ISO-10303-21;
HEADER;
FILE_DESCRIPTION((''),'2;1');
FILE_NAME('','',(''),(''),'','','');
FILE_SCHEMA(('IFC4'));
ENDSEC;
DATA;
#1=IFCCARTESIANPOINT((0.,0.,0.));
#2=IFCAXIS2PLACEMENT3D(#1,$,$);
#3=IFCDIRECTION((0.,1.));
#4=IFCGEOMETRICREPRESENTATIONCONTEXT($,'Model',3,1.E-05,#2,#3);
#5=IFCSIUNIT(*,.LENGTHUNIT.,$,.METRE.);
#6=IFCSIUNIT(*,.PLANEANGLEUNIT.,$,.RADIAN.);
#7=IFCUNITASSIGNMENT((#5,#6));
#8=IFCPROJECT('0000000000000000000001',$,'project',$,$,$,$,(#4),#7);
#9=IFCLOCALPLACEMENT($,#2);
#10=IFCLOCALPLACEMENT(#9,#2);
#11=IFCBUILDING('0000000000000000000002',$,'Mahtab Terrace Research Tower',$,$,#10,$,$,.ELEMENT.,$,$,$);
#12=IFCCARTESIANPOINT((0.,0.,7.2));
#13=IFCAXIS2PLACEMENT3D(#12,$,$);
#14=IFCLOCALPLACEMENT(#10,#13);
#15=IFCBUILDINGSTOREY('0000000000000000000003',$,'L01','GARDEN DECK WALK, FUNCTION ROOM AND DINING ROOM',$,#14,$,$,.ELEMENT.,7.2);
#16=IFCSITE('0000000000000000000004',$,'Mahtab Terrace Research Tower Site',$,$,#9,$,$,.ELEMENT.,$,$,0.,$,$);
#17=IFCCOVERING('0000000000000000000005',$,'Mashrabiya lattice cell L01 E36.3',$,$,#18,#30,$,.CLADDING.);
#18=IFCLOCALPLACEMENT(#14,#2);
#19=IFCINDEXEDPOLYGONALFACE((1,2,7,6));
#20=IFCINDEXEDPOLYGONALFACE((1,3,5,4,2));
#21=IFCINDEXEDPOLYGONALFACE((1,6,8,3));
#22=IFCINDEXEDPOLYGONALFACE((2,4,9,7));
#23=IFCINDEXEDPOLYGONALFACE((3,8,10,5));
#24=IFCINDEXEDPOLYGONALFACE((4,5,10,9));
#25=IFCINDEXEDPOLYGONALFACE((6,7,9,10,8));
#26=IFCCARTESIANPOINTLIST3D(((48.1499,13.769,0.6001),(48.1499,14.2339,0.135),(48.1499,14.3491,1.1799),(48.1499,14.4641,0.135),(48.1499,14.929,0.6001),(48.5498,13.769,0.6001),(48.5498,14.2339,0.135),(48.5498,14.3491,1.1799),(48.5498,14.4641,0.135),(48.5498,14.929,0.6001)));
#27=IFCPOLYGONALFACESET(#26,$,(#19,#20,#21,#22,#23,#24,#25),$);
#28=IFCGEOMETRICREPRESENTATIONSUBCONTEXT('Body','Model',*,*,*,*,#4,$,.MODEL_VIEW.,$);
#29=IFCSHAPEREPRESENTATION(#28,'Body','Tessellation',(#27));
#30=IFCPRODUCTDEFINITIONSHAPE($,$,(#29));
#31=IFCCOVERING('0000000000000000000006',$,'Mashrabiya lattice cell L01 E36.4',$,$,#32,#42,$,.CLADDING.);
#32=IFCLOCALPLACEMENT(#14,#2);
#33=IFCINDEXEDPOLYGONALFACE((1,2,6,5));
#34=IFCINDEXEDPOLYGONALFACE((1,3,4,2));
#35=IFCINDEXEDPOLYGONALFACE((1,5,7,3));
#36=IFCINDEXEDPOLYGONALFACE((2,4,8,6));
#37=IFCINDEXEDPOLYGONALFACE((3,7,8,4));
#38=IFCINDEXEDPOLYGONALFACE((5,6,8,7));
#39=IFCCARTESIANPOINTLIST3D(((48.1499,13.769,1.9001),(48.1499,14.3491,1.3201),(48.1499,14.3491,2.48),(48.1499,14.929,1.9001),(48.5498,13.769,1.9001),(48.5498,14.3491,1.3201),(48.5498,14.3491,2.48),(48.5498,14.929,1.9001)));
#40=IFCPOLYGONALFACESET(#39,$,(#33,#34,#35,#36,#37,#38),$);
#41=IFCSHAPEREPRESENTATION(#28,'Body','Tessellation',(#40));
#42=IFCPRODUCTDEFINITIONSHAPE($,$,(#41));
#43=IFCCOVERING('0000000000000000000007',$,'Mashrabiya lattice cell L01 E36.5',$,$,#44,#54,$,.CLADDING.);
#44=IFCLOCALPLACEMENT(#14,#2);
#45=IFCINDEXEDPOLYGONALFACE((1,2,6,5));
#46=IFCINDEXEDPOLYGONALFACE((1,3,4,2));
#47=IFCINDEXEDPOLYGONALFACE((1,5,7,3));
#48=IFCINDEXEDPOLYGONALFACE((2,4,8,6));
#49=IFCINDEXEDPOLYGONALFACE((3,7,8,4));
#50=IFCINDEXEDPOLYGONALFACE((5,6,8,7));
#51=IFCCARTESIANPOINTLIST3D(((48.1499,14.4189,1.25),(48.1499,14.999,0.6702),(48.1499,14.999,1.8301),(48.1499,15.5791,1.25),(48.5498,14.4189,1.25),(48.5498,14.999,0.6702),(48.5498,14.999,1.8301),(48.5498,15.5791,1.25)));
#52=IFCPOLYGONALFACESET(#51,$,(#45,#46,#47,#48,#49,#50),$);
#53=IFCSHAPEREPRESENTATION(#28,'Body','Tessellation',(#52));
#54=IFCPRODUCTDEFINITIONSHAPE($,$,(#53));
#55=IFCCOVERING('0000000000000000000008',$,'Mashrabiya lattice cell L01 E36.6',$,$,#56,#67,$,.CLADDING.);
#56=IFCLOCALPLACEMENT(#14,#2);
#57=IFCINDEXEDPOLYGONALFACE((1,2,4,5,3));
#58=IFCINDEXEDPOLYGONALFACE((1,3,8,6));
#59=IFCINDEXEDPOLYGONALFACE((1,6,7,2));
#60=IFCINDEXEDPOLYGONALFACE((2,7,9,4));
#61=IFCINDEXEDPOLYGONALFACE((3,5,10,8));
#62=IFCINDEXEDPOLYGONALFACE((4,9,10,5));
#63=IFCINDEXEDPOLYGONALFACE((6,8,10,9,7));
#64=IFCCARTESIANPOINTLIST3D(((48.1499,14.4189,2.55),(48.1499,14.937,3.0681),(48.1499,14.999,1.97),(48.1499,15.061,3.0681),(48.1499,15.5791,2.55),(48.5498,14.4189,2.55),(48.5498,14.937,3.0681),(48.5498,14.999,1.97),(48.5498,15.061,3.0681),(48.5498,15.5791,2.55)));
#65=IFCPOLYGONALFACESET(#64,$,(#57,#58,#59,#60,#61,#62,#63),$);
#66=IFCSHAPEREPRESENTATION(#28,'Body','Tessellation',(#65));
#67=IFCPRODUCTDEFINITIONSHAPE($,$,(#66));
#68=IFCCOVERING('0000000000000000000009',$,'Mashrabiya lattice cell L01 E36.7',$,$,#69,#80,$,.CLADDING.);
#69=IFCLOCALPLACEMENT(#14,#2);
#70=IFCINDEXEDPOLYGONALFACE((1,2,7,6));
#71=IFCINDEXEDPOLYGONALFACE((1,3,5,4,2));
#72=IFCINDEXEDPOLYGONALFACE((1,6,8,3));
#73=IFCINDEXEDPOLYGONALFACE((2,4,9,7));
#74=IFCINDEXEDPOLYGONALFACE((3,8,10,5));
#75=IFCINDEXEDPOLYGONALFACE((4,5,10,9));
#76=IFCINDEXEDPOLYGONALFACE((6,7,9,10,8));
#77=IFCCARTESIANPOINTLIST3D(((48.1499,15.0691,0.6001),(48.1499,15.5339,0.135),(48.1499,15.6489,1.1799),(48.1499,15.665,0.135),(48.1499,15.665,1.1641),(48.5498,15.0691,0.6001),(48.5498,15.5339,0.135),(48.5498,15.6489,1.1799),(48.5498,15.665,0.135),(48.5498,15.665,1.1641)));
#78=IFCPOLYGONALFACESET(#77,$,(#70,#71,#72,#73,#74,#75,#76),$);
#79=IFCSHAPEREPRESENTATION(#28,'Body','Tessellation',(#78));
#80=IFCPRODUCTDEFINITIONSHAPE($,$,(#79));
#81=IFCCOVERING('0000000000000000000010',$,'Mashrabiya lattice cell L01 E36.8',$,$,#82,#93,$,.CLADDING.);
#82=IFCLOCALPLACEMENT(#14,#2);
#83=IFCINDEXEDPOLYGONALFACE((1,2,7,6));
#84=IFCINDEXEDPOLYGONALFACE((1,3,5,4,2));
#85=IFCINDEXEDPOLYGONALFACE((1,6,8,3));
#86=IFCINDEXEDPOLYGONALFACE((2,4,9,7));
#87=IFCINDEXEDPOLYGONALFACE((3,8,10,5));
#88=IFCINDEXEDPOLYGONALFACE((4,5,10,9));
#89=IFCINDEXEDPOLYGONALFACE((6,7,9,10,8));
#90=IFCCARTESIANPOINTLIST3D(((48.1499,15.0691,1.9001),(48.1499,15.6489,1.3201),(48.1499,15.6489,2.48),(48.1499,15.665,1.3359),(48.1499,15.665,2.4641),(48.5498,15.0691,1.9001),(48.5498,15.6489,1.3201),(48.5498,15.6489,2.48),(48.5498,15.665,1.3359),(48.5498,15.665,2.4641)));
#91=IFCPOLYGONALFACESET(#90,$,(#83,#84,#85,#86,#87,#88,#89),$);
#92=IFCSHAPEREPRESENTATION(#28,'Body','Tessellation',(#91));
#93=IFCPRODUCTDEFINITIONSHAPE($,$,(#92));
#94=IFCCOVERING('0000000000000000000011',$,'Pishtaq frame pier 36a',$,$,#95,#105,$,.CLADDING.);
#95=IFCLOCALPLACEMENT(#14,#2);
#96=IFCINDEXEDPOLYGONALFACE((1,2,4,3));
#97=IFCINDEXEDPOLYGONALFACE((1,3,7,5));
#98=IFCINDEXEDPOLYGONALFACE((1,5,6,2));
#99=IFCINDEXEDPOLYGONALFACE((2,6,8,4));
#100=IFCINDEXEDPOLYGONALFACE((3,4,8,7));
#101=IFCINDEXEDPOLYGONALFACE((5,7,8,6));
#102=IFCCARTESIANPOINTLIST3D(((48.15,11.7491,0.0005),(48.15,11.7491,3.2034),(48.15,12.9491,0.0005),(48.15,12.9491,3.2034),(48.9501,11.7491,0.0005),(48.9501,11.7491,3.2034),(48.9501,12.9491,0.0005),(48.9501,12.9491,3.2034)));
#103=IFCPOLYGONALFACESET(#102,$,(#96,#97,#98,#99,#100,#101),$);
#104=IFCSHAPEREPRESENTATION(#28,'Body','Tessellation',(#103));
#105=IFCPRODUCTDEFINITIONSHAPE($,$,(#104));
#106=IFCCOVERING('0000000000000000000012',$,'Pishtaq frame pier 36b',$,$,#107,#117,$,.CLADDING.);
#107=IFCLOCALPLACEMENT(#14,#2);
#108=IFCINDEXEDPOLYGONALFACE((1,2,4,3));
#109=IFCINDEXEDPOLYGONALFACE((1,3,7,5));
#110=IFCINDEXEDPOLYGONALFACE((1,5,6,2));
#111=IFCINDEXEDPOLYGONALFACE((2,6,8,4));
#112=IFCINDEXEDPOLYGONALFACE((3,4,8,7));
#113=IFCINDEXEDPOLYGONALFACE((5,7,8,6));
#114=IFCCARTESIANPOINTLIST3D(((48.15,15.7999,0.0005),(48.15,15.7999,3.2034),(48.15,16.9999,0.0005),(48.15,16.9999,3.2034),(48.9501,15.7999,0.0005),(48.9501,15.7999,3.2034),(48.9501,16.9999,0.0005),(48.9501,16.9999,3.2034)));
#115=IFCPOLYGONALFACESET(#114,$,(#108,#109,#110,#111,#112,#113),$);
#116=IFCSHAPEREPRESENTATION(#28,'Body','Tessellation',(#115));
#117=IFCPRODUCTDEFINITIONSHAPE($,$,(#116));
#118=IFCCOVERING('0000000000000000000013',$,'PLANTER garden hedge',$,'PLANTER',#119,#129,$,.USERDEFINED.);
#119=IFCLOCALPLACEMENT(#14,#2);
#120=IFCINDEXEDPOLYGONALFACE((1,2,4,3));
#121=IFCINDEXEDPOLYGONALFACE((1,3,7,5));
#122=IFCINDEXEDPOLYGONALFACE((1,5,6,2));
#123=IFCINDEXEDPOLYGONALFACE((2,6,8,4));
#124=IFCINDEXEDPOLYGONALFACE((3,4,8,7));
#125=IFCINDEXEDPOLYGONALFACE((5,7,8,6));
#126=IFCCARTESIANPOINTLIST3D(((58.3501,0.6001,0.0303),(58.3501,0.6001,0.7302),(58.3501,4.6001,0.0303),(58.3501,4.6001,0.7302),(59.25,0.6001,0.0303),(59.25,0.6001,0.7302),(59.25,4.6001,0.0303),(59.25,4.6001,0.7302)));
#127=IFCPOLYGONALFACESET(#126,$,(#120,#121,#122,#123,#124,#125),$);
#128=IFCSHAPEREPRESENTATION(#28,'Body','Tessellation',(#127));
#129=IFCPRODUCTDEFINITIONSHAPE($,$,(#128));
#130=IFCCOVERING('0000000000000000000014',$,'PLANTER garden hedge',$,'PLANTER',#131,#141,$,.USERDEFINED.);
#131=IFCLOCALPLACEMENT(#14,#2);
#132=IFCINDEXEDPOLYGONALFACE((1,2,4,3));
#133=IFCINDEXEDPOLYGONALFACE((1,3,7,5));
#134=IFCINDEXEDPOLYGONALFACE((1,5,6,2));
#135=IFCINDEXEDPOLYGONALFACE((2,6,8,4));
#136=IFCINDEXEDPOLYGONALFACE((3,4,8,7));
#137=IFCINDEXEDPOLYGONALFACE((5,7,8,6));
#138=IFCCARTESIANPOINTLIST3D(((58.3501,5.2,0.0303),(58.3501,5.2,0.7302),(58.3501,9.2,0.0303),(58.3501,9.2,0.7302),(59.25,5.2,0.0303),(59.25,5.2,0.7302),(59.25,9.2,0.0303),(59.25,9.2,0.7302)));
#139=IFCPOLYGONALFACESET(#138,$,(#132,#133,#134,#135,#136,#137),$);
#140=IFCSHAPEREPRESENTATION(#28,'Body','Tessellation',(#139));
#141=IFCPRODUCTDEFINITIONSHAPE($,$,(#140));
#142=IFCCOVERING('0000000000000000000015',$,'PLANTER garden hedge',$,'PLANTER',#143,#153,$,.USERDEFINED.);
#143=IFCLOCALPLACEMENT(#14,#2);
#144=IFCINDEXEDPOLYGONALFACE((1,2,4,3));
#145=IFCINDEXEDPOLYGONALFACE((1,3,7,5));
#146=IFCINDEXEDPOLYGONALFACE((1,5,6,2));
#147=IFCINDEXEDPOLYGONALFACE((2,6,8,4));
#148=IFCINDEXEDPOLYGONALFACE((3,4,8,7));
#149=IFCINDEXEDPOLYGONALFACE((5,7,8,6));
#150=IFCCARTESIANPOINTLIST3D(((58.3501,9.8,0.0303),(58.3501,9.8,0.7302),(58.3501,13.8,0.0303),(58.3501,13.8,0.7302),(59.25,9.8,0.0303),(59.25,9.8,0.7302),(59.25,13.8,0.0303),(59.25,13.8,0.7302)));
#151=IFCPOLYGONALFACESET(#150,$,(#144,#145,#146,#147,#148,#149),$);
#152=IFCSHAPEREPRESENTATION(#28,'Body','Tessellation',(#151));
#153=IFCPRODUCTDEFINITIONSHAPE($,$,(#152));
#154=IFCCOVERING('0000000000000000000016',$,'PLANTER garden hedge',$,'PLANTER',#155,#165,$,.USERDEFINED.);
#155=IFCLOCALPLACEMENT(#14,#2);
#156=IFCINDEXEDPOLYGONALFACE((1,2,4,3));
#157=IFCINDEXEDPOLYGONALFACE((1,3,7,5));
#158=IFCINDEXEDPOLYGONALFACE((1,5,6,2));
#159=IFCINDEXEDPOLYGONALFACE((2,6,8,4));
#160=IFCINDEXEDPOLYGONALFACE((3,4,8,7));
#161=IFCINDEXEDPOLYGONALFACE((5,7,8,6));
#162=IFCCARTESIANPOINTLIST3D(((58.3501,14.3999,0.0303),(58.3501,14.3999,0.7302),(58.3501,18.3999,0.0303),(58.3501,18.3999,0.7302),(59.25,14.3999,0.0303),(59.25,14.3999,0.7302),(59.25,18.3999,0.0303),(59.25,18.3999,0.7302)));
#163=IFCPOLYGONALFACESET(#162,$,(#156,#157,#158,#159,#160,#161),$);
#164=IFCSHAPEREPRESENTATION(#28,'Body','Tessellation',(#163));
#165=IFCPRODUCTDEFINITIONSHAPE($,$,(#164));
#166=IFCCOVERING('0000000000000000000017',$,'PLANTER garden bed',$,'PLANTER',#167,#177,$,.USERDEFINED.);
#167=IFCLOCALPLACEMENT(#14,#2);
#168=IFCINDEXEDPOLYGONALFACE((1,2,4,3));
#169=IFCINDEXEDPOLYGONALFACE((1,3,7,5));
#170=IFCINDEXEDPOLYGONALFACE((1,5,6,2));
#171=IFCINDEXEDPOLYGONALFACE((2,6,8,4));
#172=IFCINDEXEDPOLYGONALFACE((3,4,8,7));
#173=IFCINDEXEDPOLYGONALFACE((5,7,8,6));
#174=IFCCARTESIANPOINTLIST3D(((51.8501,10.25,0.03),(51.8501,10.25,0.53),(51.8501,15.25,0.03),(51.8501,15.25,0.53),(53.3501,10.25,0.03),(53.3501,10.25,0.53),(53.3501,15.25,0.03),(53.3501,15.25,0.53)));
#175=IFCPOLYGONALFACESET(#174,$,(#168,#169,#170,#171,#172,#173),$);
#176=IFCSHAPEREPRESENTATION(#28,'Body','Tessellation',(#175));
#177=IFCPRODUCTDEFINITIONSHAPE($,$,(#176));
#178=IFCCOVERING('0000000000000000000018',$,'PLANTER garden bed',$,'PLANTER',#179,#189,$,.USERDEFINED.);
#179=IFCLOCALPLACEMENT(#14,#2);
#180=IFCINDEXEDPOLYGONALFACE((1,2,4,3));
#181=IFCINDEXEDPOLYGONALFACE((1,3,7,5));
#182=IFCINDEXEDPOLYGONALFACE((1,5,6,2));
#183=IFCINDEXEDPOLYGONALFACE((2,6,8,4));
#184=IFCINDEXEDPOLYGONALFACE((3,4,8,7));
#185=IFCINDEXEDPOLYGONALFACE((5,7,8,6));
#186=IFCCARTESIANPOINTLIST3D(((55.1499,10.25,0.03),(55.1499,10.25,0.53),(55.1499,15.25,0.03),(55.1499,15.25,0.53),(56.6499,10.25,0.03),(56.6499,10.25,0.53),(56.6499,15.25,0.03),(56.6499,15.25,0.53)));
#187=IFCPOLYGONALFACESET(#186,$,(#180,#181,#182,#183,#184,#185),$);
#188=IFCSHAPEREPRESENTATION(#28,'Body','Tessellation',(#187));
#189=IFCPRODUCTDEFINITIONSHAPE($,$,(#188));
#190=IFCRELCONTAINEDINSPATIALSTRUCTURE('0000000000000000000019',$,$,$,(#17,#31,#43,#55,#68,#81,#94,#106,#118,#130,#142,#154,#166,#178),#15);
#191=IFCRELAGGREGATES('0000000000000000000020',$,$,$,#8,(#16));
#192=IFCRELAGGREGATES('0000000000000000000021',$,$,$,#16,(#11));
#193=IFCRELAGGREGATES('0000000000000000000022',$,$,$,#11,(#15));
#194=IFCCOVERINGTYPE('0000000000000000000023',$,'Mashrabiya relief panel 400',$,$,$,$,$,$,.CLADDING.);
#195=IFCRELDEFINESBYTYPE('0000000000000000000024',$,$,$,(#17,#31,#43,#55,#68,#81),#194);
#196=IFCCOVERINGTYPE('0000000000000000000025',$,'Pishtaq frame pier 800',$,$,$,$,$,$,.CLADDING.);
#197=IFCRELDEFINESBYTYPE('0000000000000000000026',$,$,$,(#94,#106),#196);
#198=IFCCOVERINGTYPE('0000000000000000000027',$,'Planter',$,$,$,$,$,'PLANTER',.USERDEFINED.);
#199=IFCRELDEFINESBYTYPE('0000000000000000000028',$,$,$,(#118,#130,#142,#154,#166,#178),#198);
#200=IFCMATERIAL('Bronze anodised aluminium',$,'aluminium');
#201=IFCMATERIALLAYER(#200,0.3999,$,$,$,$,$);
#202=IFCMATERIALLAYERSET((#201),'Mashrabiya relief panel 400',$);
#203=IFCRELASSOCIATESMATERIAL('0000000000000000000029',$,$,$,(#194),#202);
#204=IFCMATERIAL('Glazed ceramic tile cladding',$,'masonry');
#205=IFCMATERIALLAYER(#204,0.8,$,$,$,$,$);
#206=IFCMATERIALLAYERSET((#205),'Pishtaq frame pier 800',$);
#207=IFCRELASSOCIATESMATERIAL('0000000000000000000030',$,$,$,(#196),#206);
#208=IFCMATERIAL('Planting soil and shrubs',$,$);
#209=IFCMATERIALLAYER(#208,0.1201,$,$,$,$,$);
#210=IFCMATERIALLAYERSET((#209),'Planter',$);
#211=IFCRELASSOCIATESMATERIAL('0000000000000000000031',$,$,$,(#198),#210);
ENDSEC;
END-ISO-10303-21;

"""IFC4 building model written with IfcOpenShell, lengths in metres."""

from ifc_helpers import new_model, si_unit, direction, frame, origin, origin_2d, place, context, subcontext, project, spatial, polyline, rectangle, outline, extrude, material, layer, layer_set, type_object, element, save


model = new_model("IFC4")

# Units and contexts
model_context = context("Model", 3, precision=1e-05, world=origin(), true_north=direction((0.0, 1.0)))
body_context = subcontext(model_context, "Body", "Model", "MODEL_VIEW")
ifc_project = project(units=[si_unit("LENGTHUNIT", "METRE"), si_unit("PLANEANGLEUNIT", "RADIAN")], contexts=[model_context])

# Site, building, storey
site_placement = place(None, origin())
site = spatial("IfcSite", under=ifc_project, at=site_placement, Name="Mahtab Terrace Research Tower Site", CompositionType="ELEMENT", RefElevation=0.0)
building_placement = place(site_placement, origin())
building = spatial("IfcBuilding", under=site, at=building_placement, Name="Mahtab Terrace Research Tower", CompositionType="ELEMENT")
storey_placement = place(building_placement, frame((0.0, 0.0, 7.2)))
storey = spatial("IfcBuildingStorey", under=building, at=storey_placement, Name="L01", Description="GARDEN DECK WALK, FUNCTION ROOM AND DINING ROOM", CompositionType="ELEMENT", Elevation=7.2)

# Coverings
ifc_material_1 = material(Name="Bronze anodised aluminium", Category="aluminium")
ifc_layer_1 = layer(ifc_material_1, 0.3999)
ifc_layer_set_1 = layer_set([ifc_layer_1], Name="Mashrabiya relief panel 400")
covering_type_1 = type_object("IfcCoveringType", Name="Mashrabiya relief panel 400", PredefinedType="CLADDING", material=ifc_layer_set_1)
covering_1_placement = place(storey_placement, frame((48.1499, 13.769, 0.6001), z_axis=(-1.0, 0.0, 0.0), x_axis=(0.0, 0.707256, 0.706958)))
element("IfcCovering", 1, at=covering_1_placement, inside=storey, type_object=covering_type_1, Name="Mashrabiya lattice cell L01 E36.3", PredefinedType="CLADDING", context=body_context, shape_type="SweptSolid", body=[
    extrude(outline(polyline([(0.0, 0.0), (0.8202, 0.0), (0.8204, 0.82), (0.1628, 0.8203), (0.0, 0.6576), (0.0, 0.0)])), origin(), (0.0, 0.0, -1.0), 0.3999),
])
covering_2_placement = place(storey_placement, frame((48.1499, 14.3491, 2.48), z_axis=(-1.0, 0.0, 0.0), x_axis=(0.0, 0.707107, -0.707107)))
element("IfcCovering", 2, at=covering_2_placement, inside=storey, type_object=covering_type_1, Name="Mashrabiya lattice cell L01 E36.4", PredefinedType="CLADDING", context=body_context, shape_type="SweptSolid", body=[
    extrude(outline(polyline([(0.0, 0.0), (0.82, 0.0), (0.8202, 0.8202), (-0.0002, 0.8202), (0.0, 0.0)])), origin(), (0.0, 0.0, -1.0), 0.3999),
])
covering_3_placement = place(storey_placement, frame((48.1499, 14.999, 1.8301), z_axis=(-1.0, 0.0, 0.0), x_axis=(0.0, 0.707107, -0.707107)))
element("IfcCovering", 3, at=covering_3_placement, inside=storey, type_object=covering_type_1, Name="Mashrabiya lattice cell L01 E36.5", PredefinedType="CLADDING", context=body_context, shape_type="SweptSolid", body=[
    extrude(outline(polyline([(0.0, 0.0), (0.8204, 0.0), (0.8202, 0.8202), (0.0, 0.8204), (0.0, 0.0)])), origin(), (0.0, 0.0, -1.0), 0.3999),
])
covering_4_placement = place(storey_placement, frame((48.1499, 15.5791, 2.55), z_axis=(-1.0, 0.0, 0.0), x_axis=(0.0, -0.707107, -0.707107)))
element("IfcCovering", 4, at=covering_4_placement, inside=storey, type_object=covering_type_1, Name="Mashrabiya lattice cell L01 E36.6", PredefinedType="CLADDING", context=body_context, shape_type="SweptSolid", body=[
    extrude(outline(polyline([(0.0, 0.0), (0.8204, 0.0), (0.8204, 0.8204), (0.0877, 0.8204), (0.0, 0.7327), (0.0, 0.0)])), origin(), (0.0, 0.0, -1.0), 0.3999),
])
covering_5_placement = place(storey_placement, frame((48.1499, 15.0691, 0.6001), z_axis=(-1.0, 0.0, 0.0), x_axis=(0.0, 0.707107, 0.707107)))
element("IfcCovering", 5, at=covering_5_placement, inside=storey, type_object=covering_type_1, Name="Mashrabiya lattice cell L01 E36.7", PredefinedType="CLADDING", context=body_context, shape_type="SweptSolid", body=[
    extrude(outline(polyline([(0.0, 0.0), (0.82, 0.0), (0.8202, 0.0226), (0.0925, 0.7503), (-0.0002, 0.6576), (0.0, 0.0)])), origin(), (0.0, 0.0, -1.0), 0.3999),
])
covering_6_placement = place(storey_placement, frame((48.1499, 15.6489, 1.3201), z_axis=(-1.0, 0.0, 0.0), x_axis=(0.0, -0.706958, 0.707256)))
element("IfcCovering", 6, at=covering_6_placement, inside=storey, type_object=covering_type_1, Name="Mashrabiya lattice cell L01 E36.8", PredefinedType="CLADDING", context=body_context, shape_type="SweptSolid", body=[
    extrude(outline(polyline([(0.0, 0.0), (0.8202, 0.0), (0.8204, 0.82), (0.7977, 0.8202), (-0.0002, 0.0226), (0.0, 0.0)])), origin(), (0.0, 0.0, -1.0), 0.3999),
])
ifc_material_2 = material(Name="Glazed ceramic tile cladding", Category="masonry")
ifc_layer_2 = layer(ifc_material_2, 0.8)
ifc_layer_set_2 = layer_set([ifc_layer_2], Name="Pishtaq frame pier 800")
covering_type_2 = type_object("IfcCoveringType", Name="Pishtaq frame pier 800", PredefinedType="CLADDING", material=ifc_layer_set_2)
for number, where, z_axis, x_axis, name in (
    (7, (48.55, 12.3491, 0.0005), (0.0, 0.0, 1.0), (0.0, 1.0, 0.0), "Pishtaq frame pier 36a"),
    (8, (48.55, 16.3999, 0.0005), (0.0, 0.0, 1.0), (0.0, 1.0, 0.0), "Pishtaq frame pier 36b"),
):
    element("IfcCovering", number, at=place(storey_placement, frame(where, z_axis=z_axis, x_axis=x_axis)), inside=storey, type_object=covering_type_2, Name=name, PredefinedType="CLADDING", context=body_context, shape_type="SweptSolid", body=[
        extrude(rectangle(XDim=1.2, YDim=0.8, at=origin_2d()), origin(), (0.0, 0.0, 1.0), 3.2029),
    ])
ifc_material_3 = material(Name="Planting soil and shrubs")
ifc_layer_3 = layer(ifc_material_3, 0.1201)
ifc_layer_set_3 = layer_set([ifc_layer_3], Name="Planter")
covering_type_3 = type_object("IfcCoveringType", Name="Planter", ElementType="PLANTER", PredefinedType="USERDEFINED", material=ifc_layer_set_3)
for number, where, z_axis, x_axis, name in (
    (9, (58.8, 2.6001, 0.0303), (0.0, 0.0, 1.0), (0.0, 1.0, 0.0), "PLANTER garden hedge"),
    (10, (58.8, 7.2, 0.0303), (0.0, 0.0, 1.0), (0.0, 1.0, 0.0), "PLANTER garden hedge"),
    (11, (58.8, 11.8, 0.0303), (0.0, 0.0, 1.0), (0.0, 1.0, 0.0), "PLANTER garden hedge"),
    (12, (58.8, 16.3999, 0.0303), (0.0, 0.0, 1.0), (0.0, 1.0, 0.0), "PLANTER garden hedge"),
):
    element("IfcCovering", number, at=place(storey_placement, frame(where, z_axis=z_axis, x_axis=x_axis)), inside=storey, type_object=covering_type_3, Name=name, ObjectType="PLANTER", PredefinedType="USERDEFINED", context=body_context, shape_type="SweptSolid", body=[
        extrude(rectangle(XDim=4.0, YDim=0.8999, at=origin_2d()), origin(), (0.0, 0.0, 1.0), 0.7),
    ])
for number, where, z_axis, x_axis, name in (
    (13, (52.6001, 12.75, 0.03), (0.0, 0.0, 1.0), (1.0, 0.0, 0.0), "PLANTER garden bed"),
    (14, (55.8999, 12.75, 0.03), (0.0, 0.0, 1.0), (1.0, 0.0, 0.0), "PLANTER garden bed"),
):
    element("IfcCovering", number, at=place(storey_placement, frame(where, z_axis=z_axis, x_axis=x_axis)), inside=storey, type_object=covering_type_3, Name=name, ObjectType="PLANTER", PredefinedType="USERDEFINED", context=body_context, shape_type="SweptSolid", body=[
        extrude(rectangle(XDim=1.5, YDim=5.0, at=origin_2d()), origin(), (0.0, 0.0, 1.0), 0.5),
    ])

save(model, "model.ifc")
